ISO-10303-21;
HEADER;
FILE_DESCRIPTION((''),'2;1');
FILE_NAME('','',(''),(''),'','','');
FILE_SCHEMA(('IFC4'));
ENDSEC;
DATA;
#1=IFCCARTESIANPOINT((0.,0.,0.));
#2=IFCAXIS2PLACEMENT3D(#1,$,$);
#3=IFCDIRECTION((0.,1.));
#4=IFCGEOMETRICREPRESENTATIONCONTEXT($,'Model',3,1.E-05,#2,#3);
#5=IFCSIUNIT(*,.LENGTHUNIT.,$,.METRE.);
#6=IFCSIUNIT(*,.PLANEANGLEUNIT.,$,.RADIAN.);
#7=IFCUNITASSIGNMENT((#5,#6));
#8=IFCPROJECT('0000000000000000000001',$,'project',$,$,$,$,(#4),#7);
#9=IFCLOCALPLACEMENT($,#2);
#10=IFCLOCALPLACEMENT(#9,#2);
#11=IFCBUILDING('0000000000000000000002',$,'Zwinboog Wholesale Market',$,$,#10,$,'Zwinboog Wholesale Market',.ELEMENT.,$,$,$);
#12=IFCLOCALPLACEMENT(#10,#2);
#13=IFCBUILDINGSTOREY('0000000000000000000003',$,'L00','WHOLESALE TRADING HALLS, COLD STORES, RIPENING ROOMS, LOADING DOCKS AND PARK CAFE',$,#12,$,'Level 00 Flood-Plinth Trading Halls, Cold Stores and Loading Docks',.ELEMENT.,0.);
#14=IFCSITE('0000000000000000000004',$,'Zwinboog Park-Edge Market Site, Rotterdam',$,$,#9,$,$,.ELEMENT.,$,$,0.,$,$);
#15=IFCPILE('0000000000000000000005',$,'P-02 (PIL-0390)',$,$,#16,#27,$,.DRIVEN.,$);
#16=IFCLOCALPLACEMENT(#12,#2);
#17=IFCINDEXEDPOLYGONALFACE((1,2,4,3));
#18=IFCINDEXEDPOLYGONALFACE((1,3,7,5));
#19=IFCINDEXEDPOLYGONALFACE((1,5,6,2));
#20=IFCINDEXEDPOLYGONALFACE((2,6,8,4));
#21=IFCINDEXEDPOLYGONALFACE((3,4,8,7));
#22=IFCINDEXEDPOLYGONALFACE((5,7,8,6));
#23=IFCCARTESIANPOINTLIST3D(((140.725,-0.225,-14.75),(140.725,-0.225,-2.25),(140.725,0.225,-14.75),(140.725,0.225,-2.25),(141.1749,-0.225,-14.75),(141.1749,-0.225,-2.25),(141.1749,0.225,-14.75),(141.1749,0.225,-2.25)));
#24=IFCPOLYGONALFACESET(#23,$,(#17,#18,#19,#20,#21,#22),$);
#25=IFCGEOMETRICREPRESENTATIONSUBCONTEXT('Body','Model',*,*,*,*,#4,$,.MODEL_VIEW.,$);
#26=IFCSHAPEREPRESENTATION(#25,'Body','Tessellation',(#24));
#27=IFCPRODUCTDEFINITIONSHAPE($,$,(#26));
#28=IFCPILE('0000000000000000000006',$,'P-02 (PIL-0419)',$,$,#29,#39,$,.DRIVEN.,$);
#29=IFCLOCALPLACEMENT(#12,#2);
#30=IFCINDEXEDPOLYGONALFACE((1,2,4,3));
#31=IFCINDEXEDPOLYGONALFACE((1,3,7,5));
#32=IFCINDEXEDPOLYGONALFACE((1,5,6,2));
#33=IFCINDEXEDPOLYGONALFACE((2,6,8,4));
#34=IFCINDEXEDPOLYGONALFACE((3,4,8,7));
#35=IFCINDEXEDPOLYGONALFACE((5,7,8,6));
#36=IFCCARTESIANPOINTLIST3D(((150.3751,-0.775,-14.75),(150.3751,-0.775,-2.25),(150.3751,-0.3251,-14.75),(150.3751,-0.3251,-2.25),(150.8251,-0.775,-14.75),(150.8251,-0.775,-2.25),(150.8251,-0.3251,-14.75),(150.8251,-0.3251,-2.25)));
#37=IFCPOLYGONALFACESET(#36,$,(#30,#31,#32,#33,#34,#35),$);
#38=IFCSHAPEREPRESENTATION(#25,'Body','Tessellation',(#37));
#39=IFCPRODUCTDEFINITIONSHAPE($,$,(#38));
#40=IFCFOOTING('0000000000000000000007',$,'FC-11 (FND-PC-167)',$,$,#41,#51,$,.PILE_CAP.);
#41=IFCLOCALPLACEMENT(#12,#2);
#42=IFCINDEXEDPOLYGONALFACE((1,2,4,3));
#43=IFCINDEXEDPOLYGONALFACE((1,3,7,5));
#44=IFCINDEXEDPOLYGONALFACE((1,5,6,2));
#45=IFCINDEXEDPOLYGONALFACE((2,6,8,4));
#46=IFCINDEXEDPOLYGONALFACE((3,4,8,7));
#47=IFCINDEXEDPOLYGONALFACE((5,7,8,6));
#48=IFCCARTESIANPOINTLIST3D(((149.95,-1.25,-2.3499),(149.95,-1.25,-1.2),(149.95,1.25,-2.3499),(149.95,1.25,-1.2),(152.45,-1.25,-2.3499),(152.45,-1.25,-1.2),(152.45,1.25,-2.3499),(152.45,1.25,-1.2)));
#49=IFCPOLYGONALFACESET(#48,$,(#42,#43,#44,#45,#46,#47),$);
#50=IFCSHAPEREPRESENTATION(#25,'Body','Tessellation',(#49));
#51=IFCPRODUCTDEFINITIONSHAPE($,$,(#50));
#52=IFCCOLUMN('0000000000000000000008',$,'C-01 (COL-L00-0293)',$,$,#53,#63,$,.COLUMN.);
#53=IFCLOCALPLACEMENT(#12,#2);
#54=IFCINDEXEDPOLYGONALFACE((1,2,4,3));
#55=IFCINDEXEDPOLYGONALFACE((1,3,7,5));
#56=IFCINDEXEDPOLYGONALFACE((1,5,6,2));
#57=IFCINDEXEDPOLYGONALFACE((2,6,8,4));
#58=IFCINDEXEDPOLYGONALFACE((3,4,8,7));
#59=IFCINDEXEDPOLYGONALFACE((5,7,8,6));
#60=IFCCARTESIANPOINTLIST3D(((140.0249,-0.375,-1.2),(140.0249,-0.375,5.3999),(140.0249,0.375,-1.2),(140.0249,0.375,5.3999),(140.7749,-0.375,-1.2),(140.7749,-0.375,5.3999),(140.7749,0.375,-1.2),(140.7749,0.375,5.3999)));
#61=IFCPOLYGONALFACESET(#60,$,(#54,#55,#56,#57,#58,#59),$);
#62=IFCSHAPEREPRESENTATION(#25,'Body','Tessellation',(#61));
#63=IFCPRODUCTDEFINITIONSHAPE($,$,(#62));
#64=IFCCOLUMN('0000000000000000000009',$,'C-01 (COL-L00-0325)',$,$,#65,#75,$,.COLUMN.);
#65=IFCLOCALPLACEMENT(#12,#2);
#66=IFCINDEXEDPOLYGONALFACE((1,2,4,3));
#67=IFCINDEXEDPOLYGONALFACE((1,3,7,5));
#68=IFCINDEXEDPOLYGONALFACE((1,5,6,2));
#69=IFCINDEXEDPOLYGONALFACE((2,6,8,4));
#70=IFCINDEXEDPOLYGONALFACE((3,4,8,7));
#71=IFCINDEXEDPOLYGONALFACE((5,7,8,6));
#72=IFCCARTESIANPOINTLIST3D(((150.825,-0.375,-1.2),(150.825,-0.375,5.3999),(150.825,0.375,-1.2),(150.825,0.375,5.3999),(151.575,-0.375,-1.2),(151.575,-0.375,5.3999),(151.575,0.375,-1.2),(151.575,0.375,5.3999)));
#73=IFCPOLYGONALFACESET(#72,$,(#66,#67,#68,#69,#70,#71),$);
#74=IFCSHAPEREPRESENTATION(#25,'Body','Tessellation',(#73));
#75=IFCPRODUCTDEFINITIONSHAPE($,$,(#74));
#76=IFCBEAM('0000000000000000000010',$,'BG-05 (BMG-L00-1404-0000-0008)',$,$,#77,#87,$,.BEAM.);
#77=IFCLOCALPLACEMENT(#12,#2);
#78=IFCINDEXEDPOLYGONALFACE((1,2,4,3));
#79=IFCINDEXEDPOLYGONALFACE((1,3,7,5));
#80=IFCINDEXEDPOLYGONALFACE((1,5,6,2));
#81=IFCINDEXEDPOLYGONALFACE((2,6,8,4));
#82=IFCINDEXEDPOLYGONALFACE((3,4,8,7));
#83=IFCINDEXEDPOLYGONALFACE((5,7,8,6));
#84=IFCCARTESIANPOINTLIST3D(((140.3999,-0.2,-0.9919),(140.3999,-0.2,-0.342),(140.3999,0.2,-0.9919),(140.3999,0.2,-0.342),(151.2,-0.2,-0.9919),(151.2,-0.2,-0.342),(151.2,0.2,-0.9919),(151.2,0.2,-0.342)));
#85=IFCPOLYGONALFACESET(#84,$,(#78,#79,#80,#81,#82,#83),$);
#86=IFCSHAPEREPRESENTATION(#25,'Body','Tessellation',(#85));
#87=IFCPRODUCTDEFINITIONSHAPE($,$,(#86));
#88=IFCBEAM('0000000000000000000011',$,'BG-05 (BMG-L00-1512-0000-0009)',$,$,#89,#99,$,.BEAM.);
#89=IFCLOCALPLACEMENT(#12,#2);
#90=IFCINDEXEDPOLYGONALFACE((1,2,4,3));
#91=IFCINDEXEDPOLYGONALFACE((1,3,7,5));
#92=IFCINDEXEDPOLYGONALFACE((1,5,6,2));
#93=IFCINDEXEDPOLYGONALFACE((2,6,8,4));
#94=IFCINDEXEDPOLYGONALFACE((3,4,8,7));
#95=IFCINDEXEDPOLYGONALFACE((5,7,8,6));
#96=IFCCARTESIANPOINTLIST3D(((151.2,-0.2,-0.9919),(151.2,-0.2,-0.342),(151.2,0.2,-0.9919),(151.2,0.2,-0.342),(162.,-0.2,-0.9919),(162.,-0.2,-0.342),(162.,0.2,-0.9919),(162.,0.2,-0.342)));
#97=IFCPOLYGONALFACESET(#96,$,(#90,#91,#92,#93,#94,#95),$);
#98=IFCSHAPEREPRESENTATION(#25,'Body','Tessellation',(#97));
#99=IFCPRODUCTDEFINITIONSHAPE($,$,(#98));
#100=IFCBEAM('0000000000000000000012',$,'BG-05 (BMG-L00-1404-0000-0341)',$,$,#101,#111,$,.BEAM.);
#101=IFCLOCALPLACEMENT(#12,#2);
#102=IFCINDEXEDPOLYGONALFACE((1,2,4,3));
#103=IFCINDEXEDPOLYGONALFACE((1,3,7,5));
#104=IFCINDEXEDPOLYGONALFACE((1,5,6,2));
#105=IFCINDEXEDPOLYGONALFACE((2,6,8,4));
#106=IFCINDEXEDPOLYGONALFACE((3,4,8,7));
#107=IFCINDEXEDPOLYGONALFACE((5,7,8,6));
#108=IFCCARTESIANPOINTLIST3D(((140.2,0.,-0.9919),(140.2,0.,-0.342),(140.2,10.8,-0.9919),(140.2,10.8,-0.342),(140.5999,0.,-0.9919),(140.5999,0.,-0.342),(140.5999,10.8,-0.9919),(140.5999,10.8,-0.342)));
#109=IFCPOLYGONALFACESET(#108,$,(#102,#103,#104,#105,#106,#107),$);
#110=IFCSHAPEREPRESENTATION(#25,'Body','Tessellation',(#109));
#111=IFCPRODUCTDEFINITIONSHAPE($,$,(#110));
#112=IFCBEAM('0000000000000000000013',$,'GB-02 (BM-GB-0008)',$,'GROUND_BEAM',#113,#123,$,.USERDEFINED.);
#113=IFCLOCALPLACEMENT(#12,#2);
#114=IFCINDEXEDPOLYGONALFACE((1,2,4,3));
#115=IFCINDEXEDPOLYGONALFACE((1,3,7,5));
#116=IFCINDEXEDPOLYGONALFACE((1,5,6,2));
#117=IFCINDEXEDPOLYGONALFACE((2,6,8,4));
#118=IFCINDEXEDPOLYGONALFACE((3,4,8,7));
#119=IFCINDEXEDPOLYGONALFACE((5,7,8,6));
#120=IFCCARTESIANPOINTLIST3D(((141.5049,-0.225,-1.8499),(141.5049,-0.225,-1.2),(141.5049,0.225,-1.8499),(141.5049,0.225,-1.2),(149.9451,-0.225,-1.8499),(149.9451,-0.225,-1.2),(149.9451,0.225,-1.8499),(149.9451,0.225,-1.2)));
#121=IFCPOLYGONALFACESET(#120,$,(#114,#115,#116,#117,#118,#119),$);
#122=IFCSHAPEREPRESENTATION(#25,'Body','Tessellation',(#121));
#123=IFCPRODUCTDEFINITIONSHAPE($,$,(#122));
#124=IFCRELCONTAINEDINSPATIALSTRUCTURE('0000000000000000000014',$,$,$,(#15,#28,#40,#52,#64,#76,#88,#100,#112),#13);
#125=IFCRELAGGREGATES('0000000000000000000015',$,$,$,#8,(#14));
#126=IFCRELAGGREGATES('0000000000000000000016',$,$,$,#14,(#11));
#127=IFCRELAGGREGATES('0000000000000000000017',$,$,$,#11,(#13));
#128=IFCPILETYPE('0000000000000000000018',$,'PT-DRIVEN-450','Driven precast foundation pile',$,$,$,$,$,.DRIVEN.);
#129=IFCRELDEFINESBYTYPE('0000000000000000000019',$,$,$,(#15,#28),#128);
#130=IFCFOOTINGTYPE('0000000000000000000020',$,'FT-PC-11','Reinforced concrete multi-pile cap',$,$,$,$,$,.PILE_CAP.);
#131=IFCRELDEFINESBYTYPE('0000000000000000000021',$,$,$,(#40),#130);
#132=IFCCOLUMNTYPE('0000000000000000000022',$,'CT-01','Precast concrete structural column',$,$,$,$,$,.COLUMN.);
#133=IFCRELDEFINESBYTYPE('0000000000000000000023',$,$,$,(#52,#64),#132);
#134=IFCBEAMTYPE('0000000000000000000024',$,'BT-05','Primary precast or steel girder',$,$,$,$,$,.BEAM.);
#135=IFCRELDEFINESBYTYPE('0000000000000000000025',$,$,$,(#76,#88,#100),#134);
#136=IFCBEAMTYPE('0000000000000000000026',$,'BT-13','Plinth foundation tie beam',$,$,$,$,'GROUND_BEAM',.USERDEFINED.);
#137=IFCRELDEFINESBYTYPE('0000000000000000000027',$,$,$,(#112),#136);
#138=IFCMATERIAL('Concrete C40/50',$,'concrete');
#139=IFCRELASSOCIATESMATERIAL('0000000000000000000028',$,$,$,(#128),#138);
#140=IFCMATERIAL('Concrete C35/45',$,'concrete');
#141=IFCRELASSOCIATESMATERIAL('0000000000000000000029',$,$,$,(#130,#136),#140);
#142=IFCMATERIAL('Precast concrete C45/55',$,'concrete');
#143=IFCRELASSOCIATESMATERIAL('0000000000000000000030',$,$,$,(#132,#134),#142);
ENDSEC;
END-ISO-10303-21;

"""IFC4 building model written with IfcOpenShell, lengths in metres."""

from ifc_helpers import new_model, si_unit, direction, frame, origin, origin_2d, place, context, subcontext, project, spatial, rectangle, extrude, material, material_profile, profile_set, type_object, element, save


model = new_model("IFC4")

# Units and contexts
model_context = context("Model", 3, precision=1e-05, world=origin(), true_north=direction((0.0, 1.0)))
body_context = subcontext(model_context, "Body", "Model", "MODEL_VIEW")
ifc_project = project(units=[si_unit("LENGTHUNIT", "METRE"), si_unit("PLANEANGLEUNIT", "RADIAN")], contexts=[model_context])

# Site, building, storey
site_placement = place(None, origin())
site = spatial("IfcSite", under=ifc_project, at=site_placement, Name="Zwinboog Park-Edge Market Site, Rotterdam", CompositionType="ELEMENT", RefElevation=0.0)
building_placement = place(site_placement, origin())
building = spatial("IfcBuilding", under=site, at=building_placement, Name="Zwinboog Wholesale Market", LongName="Zwinboog Wholesale Market", CompositionType="ELEMENT")
storey_placement = place(building_placement, origin())
storey = spatial("IfcBuildingStorey", under=building, at=storey_placement, Name="L00", Description="WHOLESALE TRADING HALLS, COLD STORES, RIPENING ROOMS, LOADING DOCKS AND PARK CAFE", LongName="Level 00 Flood-Plinth Trading Halls, Cold Stores and Loading Docks", CompositionType="ELEMENT", Elevation=0.0)

# Piles
ifc_material_1 = material(Name="Concrete C40/50", Category="concrete")
ifc_material_profile_1 = material_profile(ifc_material_1, rectangle(XDim=0.45, YDim=0.45, at=origin_2d()), Name="PILE SQ450")
ifc_profile_set_1 = profile_set([ifc_material_profile_1], Name="Concrete C40/50")
pile_type = type_object("IfcPileType", Name="PT-DRIVEN-450", Description="Driven precast foundation pile", PredefinedType="DRIVEN", material=ifc_profile_set_1)
for number, where, z_axis, x_axis, name in (
    (1, (140.95, 0.0, -2.25), (0.0, 0.0, -1.0), (1.0, 0.0, 0.0), "P-02 (PIL-0390)"),
    (2, (150.6001, -0.55, -2.25), (0.0, 0.0, -1.0), (1.0, 0.0, 0.0), "P-02 (PIL-0419)"),
):
    element("IfcPile", number, at=place(storey_placement, frame(where, z_axis=z_axis, x_axis=x_axis)), inside=storey, type_object=pile_type, Name=name, PredefinedType="DRIVEN", context=body_context, shape_type="SweptSolid", body=[
        extrude(rectangle(XDim=0.45, YDim=0.45, at=origin_2d()), origin(), (0.0, 0.0, 1.0), 12.5),
    ])

# Footing
ifc_material_2 = material(Name="Concrete C35/45", Category="concrete")
footing_type = type_object("IfcFootingType", Name="FT-PC-11", Description="Reinforced concrete multi-pile cap", PredefinedType="PILE_CAP", material=ifc_material_2)
footing_placement = place(storey_placement, frame((151.2, 0.0, -2.3499), z_axis=(0.0, 0.0, 1.0), x_axis=(1.0, 0.0, 0.0)))
element("IfcFooting", 3, at=footing_placement, inside=storey, type_object=footing_type, Name="FC-11 (FND-PC-167)", PredefinedType="PILE_CAP", context=body_context, shape_type="SweptSolid", body=[
    extrude(rectangle(XDim=2.5, YDim=2.5, at=origin_2d()), origin(), (0.0, 0.0, 1.0), 1.1499),
])

# Columns
ifc_material_3 = material(Name="Precast concrete C45/55", Category="concrete")
ifc_material_profile_2 = material_profile(ifc_material_3, rectangle(XDim=0.75, YDim=0.75, at=origin_2d()), Name="PC 750x750")
ifc_profile_set_2 = profile_set([ifc_material_profile_2], Name="Precast concrete C45/55")
column_type = type_object("IfcColumnType", Name="CT-01", Description="Precast concrete structural column", PredefinedType="COLUMN", material=ifc_profile_set_2)
for number, where, z_axis, x_axis, name in (
    (4, (140.3999, 0.0, -1.2), (0.0, 0.0, 1.0), (1.0, 0.0, 0.0), "C-01 (COL-L00-0293)"),
    (5, (151.2, 0.0, -1.2), (0.0, 0.0, 1.0), (1.0, 0.0, 0.0), "C-01 (COL-L00-0325)"),
):
    element("IfcColumn", number, at=place(storey_placement, frame(where, z_axis=z_axis, x_axis=x_axis)), inside=storey, type_object=column_type, Name=name, PredefinedType="COLUMN", context=body_context, shape_type="SweptSolid", body=[
        extrude(rectangle(XDim=0.75, YDim=0.75, at=origin_2d()), origin(), (0.0, 0.0, 1.0), 6.5999),
    ])

# Beams
ifc_material_profile_3 = material_profile(ifc_material_3, rectangle(XDim=0.3999, YDim=0.6499, at=origin_2d()), Name="PC 400x650")
ifc_profile_set_3 = profile_set([ifc_material_profile_3], Name="Precast concrete C45/55")
beam_type_1 = type_object("IfcBeamType", Name="BT-05", Description="Primary precast or steel girder", PredefinedType="BEAM", material=ifc_profile_set_3)
for number, where, z_axis, x_axis, name in (
    (6, (140.3999, 0.0, -0.667), (1.0, 0.0, 0.0), (0.0, 1.0, 0.0), "BG-05 (BMG-L00-1404-0000-0008)"),
    (7, (151.2, 0.0, -0.667), (1.0, 0.0, 0.0), (0.0, 1.0, 0.0), "BG-05 (BMG-L00-1512-0000-0009)"),
    (8, (140.3999, 0.0, -0.667), (0.0, 1.0, 0.0), (-1.0, 0.0, 0.0), "BG-05 (BMG-L00-1404-0000-0341)"),
):
    element("IfcBeam", number, at=place(storey_placement, frame(where, z_axis=z_axis, x_axis=x_axis)), inside=storey, type_object=beam_type_1, Name=name, PredefinedType="BEAM", context=body_context, shape_type="SweptSolid", body=[
        extrude(rectangle(XDim=0.3999, YDim=0.6499, at=origin_2d()), origin(), (0.0, 0.0, 1.0), 10.8),
    ])
ifc_material_profile_4 = material_profile(ifc_material_2, rectangle(XDim=0.45, YDim=0.6499, at=origin_2d()), Name="RC 450x650")
ifc_profile_set_4 = profile_set([ifc_material_profile_4], Name="Concrete C35/45")
beam_type_2 = type_object("IfcBeamType", Name="BT-13", Description="Plinth foundation tie beam", ElementType="GROUND_BEAM", PredefinedType="USERDEFINED", material=ifc_profile_set_4)
beam_placement = place(storey_placement, frame((141.5049, 0.0, -1.5249), z_axis=(1.0, 0.0, 0.0), x_axis=(0.0, 1.0, 0.0)))
element("IfcBeam", 9, at=beam_placement, inside=storey, type_object=beam_type_2, Name="GB-02 (BM-GB-0008)", ObjectType="GROUND_BEAM", PredefinedType="USERDEFINED", context=body_context, shape_type="SweptSolid", body=[
    extrude(rectangle(XDim=0.45, YDim=0.6499, at=origin_2d()), origin(), (0.0, 0.0, 1.0), 8.4402),
])

save(model, "model.ifc")
